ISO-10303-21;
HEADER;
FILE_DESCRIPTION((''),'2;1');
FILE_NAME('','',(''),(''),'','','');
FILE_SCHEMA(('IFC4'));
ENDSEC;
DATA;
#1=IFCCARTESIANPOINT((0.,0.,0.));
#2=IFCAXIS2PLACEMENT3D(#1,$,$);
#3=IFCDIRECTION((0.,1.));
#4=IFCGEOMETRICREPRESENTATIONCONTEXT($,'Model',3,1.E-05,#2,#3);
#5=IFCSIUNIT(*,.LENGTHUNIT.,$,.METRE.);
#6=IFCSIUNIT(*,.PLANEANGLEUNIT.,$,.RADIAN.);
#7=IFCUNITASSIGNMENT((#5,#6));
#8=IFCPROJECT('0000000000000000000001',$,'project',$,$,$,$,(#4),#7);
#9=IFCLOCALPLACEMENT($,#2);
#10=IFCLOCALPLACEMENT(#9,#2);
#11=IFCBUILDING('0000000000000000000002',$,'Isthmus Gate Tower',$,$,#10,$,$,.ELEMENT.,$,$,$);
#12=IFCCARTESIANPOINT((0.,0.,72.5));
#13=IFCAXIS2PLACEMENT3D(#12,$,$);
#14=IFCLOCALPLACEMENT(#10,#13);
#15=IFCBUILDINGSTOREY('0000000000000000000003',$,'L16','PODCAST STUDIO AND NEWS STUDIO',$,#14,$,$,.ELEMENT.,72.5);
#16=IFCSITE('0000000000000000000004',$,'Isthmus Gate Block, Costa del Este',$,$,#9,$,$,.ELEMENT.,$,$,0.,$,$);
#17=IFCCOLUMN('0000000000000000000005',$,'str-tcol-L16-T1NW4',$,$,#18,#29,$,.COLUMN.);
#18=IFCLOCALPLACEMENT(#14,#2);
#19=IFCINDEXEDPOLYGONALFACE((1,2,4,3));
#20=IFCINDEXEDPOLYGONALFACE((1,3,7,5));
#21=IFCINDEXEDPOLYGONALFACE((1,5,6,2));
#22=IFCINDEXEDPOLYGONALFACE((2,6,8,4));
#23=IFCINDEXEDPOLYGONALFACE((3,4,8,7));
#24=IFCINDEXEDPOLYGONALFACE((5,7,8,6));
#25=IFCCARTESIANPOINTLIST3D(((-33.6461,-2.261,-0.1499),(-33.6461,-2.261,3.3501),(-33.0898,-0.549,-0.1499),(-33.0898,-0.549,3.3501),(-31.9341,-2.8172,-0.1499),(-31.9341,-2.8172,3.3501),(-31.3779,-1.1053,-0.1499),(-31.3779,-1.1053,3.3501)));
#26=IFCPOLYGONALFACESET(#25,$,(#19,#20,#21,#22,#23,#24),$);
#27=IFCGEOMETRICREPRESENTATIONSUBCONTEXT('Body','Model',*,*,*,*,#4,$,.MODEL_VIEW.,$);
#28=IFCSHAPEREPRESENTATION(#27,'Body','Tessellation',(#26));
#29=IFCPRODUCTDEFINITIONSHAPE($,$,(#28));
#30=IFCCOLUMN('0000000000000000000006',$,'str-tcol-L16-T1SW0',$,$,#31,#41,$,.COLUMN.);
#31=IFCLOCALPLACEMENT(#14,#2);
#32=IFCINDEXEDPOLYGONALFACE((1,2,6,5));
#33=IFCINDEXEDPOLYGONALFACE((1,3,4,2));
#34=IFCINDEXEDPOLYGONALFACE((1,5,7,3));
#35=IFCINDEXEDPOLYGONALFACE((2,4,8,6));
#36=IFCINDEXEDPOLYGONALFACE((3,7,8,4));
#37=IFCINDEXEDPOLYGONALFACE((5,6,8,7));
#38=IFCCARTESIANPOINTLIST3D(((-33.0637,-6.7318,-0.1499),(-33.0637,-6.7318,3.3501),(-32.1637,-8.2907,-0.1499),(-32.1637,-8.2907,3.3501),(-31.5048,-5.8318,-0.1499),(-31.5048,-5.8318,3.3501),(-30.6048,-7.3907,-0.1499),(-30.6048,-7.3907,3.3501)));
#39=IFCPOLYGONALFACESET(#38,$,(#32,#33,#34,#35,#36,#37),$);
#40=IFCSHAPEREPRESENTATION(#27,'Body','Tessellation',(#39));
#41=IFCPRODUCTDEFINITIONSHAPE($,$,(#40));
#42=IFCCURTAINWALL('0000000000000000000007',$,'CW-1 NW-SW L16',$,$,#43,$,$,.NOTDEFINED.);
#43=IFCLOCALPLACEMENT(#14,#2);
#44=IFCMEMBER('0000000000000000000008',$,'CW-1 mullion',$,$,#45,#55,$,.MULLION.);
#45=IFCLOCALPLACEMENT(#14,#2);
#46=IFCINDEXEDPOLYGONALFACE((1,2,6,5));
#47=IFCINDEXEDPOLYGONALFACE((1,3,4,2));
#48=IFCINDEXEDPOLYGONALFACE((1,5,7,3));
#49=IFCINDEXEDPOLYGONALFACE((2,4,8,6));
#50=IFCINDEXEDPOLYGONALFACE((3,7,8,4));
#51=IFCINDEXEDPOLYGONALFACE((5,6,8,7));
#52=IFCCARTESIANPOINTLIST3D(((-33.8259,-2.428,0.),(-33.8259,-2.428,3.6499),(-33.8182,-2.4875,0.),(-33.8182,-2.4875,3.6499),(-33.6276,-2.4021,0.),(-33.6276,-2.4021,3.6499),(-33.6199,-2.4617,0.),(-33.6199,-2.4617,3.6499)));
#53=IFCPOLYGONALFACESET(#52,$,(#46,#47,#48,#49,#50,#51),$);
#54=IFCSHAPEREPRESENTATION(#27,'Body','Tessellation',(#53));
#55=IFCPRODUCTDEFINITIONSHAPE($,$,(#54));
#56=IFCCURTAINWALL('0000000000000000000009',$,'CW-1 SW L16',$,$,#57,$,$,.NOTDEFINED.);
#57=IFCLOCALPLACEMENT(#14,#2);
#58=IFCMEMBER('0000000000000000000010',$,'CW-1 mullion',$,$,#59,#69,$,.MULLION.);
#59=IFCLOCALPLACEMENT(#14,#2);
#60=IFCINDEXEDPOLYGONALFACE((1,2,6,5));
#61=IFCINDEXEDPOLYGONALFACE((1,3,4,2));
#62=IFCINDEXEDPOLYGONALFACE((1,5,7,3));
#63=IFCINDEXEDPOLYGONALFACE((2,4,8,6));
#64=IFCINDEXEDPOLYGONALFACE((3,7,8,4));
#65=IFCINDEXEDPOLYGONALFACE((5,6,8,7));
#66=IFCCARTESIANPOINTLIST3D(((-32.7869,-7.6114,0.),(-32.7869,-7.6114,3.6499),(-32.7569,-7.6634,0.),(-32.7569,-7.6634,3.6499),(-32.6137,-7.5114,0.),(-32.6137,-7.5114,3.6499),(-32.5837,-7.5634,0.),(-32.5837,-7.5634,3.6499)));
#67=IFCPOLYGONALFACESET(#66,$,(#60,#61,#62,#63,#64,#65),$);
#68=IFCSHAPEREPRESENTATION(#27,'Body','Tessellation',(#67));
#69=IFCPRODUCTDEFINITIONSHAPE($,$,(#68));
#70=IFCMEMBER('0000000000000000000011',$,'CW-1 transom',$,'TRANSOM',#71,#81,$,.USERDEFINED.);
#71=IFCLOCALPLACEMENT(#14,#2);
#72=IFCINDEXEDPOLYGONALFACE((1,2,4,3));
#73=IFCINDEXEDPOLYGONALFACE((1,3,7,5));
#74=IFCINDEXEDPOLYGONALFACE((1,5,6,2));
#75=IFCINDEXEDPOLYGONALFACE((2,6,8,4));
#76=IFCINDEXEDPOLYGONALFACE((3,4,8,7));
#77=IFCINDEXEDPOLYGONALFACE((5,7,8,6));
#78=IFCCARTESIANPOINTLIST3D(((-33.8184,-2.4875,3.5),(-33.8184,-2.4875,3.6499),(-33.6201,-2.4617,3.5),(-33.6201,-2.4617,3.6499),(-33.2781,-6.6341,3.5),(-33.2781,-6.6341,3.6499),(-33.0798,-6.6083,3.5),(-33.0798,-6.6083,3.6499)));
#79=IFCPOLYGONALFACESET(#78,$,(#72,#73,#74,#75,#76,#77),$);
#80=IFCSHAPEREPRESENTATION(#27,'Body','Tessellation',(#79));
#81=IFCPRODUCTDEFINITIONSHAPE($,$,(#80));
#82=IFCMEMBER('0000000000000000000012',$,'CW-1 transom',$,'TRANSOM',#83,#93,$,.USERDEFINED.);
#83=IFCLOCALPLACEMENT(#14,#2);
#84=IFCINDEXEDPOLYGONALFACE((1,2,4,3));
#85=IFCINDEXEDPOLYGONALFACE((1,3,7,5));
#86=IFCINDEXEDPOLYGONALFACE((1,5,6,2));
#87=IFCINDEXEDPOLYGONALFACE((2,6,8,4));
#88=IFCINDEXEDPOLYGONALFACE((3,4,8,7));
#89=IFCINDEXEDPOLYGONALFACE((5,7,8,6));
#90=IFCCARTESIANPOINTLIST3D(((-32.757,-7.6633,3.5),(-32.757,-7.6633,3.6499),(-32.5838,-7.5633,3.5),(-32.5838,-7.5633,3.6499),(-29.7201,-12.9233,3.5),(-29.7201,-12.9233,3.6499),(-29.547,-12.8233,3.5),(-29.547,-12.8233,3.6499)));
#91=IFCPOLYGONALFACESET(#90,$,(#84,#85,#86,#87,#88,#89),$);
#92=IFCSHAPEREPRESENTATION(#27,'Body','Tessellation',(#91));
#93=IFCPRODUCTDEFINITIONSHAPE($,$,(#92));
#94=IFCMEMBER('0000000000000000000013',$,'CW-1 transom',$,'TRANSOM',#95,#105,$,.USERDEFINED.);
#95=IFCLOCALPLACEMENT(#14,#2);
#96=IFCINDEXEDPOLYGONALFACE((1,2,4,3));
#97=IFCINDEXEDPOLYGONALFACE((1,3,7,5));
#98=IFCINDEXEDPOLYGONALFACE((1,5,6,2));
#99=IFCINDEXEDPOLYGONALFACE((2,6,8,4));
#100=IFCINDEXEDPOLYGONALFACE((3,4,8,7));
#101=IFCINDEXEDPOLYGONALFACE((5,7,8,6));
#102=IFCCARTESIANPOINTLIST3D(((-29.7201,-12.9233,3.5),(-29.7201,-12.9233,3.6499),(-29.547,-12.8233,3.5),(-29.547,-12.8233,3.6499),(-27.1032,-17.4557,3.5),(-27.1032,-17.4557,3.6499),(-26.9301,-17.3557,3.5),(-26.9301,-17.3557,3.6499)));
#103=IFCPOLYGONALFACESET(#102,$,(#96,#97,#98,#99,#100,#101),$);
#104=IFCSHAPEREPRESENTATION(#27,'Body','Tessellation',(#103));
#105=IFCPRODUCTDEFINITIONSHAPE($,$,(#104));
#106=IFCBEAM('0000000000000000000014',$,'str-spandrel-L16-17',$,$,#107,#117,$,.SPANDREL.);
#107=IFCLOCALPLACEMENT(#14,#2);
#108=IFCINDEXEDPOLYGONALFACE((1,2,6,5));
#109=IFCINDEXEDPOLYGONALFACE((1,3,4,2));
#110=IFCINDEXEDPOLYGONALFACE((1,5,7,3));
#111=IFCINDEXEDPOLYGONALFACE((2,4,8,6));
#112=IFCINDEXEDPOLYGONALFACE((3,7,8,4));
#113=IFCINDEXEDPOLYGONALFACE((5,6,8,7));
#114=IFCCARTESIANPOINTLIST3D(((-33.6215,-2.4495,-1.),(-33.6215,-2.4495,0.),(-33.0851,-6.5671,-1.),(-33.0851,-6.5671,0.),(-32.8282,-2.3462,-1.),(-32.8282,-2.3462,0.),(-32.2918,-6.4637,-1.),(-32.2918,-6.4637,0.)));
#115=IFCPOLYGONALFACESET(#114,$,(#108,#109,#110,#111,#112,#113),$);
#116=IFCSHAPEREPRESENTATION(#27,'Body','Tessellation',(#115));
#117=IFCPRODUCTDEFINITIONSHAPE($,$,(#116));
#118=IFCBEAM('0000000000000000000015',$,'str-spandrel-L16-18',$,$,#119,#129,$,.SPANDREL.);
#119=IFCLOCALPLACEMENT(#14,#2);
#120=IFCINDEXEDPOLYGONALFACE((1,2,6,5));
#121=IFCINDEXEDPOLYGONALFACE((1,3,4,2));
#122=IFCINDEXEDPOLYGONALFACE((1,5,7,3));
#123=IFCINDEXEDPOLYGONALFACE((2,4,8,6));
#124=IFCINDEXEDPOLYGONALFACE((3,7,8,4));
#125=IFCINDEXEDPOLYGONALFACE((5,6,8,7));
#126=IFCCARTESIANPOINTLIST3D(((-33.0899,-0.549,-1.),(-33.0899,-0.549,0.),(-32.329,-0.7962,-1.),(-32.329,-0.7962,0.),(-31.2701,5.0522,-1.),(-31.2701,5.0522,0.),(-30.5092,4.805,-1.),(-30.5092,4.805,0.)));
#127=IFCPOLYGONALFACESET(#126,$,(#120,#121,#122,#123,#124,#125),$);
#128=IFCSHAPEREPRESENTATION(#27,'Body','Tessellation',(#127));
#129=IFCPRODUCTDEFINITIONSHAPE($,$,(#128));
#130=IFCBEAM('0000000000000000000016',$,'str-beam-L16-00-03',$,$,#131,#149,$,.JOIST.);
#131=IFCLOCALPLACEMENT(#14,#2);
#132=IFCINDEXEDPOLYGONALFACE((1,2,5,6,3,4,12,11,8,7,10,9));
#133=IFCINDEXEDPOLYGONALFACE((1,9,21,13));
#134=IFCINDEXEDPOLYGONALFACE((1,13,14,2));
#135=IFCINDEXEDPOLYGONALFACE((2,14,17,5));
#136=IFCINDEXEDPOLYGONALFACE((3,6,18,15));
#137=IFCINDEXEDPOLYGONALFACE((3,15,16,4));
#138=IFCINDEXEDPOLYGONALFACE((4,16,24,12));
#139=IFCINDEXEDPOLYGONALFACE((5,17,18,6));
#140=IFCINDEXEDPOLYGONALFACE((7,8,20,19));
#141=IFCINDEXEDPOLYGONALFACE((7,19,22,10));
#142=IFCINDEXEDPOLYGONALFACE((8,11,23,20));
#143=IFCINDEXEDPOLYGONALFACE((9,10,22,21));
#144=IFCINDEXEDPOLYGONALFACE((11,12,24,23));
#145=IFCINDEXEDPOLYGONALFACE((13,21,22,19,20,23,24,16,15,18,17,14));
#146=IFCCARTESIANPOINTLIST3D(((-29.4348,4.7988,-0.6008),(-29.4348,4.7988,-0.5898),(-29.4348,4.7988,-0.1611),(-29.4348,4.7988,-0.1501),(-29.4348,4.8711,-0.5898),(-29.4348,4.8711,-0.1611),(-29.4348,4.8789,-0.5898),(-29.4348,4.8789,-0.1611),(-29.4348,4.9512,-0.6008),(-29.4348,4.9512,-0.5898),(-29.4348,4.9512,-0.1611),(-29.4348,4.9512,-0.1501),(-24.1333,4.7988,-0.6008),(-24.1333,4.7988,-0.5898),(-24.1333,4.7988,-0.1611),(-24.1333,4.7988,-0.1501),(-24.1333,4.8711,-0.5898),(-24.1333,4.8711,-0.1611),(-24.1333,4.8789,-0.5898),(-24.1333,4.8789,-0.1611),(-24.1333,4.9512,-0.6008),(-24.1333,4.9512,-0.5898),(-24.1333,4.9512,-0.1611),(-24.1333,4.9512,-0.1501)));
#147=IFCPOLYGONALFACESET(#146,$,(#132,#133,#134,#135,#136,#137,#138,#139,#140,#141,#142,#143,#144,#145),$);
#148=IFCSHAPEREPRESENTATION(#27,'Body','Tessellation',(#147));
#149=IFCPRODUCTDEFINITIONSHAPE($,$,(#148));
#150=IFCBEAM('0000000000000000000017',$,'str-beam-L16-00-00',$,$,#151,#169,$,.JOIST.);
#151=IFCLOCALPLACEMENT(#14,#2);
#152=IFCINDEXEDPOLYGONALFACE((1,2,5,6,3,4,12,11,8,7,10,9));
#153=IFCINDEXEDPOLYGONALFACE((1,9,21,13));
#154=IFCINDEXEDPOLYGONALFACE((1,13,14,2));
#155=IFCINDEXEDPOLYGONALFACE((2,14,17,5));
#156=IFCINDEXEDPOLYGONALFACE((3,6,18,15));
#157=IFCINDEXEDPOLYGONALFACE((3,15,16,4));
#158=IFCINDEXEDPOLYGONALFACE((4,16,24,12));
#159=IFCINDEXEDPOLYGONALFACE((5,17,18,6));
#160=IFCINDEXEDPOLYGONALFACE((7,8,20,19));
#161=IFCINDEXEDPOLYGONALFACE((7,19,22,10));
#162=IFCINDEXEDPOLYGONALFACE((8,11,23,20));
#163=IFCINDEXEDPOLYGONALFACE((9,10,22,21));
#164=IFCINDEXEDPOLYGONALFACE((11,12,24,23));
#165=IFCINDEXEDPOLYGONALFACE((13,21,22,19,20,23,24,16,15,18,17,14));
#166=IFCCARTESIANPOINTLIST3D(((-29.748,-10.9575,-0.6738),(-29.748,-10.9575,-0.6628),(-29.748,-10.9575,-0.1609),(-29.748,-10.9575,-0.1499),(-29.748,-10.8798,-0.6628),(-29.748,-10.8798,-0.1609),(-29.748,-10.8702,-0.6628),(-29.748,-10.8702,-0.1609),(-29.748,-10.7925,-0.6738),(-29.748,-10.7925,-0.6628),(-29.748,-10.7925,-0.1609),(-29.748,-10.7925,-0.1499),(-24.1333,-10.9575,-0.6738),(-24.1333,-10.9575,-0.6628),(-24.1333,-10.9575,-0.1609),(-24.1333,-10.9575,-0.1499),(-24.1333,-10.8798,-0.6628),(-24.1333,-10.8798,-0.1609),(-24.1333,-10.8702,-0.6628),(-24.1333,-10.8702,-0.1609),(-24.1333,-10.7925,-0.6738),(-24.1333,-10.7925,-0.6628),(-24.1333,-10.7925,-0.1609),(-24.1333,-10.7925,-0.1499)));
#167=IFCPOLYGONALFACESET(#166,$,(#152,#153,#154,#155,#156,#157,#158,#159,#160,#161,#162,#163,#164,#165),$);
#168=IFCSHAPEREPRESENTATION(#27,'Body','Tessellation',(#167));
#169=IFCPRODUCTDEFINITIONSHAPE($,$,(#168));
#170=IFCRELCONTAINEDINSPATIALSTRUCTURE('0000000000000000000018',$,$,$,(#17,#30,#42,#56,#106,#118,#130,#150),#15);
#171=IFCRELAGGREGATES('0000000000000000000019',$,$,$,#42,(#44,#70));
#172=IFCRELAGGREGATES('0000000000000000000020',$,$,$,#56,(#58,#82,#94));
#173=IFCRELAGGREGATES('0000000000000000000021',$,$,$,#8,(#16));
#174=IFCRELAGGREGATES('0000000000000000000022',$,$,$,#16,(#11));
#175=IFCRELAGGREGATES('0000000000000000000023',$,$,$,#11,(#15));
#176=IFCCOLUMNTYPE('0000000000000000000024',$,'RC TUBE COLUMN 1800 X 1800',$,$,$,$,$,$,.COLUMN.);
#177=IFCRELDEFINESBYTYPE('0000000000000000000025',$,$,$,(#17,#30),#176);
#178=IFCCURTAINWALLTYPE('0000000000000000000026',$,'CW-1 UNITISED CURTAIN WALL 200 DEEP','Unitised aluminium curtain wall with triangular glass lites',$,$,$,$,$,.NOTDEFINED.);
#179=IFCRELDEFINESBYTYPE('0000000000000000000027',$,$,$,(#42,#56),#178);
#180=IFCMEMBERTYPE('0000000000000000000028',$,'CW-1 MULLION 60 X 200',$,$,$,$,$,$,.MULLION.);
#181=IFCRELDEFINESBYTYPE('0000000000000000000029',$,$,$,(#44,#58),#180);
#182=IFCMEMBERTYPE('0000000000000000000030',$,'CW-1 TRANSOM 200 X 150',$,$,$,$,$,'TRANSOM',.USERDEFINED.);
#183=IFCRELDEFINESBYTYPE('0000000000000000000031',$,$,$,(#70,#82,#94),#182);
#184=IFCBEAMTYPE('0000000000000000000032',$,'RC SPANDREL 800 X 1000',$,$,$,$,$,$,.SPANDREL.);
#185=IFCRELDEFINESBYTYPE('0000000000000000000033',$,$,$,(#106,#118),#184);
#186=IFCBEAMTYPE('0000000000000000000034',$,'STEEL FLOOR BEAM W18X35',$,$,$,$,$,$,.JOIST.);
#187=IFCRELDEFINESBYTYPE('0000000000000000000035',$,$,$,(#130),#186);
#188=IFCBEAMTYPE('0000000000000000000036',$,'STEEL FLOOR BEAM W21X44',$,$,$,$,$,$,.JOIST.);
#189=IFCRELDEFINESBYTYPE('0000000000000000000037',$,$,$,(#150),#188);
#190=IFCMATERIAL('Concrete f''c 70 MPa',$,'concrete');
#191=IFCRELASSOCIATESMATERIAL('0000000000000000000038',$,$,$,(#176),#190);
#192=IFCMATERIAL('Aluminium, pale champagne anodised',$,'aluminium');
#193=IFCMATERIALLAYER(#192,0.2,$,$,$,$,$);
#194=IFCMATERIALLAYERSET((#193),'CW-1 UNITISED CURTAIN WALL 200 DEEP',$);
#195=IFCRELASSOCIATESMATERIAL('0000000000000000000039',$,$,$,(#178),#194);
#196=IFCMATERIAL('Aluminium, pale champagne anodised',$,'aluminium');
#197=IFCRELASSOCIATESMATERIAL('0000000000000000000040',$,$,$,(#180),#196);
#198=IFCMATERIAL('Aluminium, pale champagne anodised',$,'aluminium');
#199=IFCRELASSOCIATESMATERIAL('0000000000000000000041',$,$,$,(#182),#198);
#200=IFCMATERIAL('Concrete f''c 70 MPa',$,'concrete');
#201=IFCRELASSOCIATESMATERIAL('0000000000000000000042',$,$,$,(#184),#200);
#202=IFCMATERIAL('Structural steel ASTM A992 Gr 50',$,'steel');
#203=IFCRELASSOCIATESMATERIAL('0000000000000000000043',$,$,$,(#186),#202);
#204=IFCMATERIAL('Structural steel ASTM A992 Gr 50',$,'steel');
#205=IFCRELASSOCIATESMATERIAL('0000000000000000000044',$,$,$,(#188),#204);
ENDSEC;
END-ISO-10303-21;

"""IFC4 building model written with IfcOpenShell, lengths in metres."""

from ifc_helpers import new_model, si_unit, direction, frame, origin, origin_2d, place, context, subcontext, project, spatial, rectangle, i_section, extrude, material, layer, layer_set, material_profile, profile_set, type_object, element, aggregate, save


model = new_model("IFC4")

# Units and contexts
model_context = context("Model", 3, precision=1e-05, world=origin(), true_north=direction((0.0, 1.0)))
body_context = subcontext(model_context, "Body", "Model", "MODEL_VIEW")
ifc_project = project(units=[si_unit("LENGTHUNIT", "METRE"), si_unit("PLANEANGLEUNIT", "RADIAN")], contexts=[model_context])

# Site, building, storey
site_placement = place(None, origin())
site = spatial("IfcSite", under=ifc_project, at=site_placement, Name="Isthmus Gate Block, Costa del Este", CompositionType="ELEMENT", RefElevation=0.0)
building_placement = place(site_placement, origin())
building = spatial("IfcBuilding", under=site, at=building_placement, Name="Isthmus Gate Tower", CompositionType="ELEMENT")
storey_placement = place(building_placement, frame((0.0, 0.0, 72.5)))
storey = spatial("IfcBuildingStorey", under=building, at=storey_placement, Name="L16", Description="PODCAST STUDIO AND NEWS STUDIO", CompositionType="ELEMENT", Elevation=72.5)

# Columns
ifc_material_1 = material(Name="Concrete f'c 70 MPa", Category="concrete")
ifc_material_profile_1 = material_profile(ifc_material_1, rectangle(XDim=1.8, YDim=1.8, at=origin_2d()), Name="RC 1800X1800")
ifc_profile_set_1 = profile_set([ifc_material_profile_1], Name="Concrete f'c 70 MPa")
column_type = type_object("IfcColumnType", Name="RC TUBE COLUMN 1800 X 1800", PredefinedType="COLUMN", material=ifc_profile_set_1)
for number, where, z_axis, x_axis, name in (
    (1, (-32.512, -1.6831, -0.1499), (0.0, 0.0, 1.0), (-0.309017, -0.951057, 0.0), "str-tcol-L16-T1NW4"),
    (2, (-31.8342, -7.0613, -0.1499), (0.0, 0.0, 1.0), (0.5, -0.866025, 0.0), "str-tcol-L16-T1SW0"),
):
    element("IfcColumn", number, at=place(storey_placement, frame(where, z_axis=z_axis, x_axis=x_axis)), inside=storey, type_object=column_type, Name=name, PredefinedType="COLUMN", context=body_context, shape_type="SweptSolid", body=[
        extrude(rectangle(XDim=1.8, YDim=1.8, at=origin_2d()), origin(), (0.0, 0.0, 1.0), 3.5),
    ])

# Curtain walls, members
ifc_material_2 = material(Name="Aluminium, pale champagne anodised", Category="aluminium")
ifc_layer_1 = layer(ifc_material_2, 0.2)
ifc_layer_set_1 = layer_set([ifc_layer_1], Name="CW-1 UNITISED CURTAIN WALL 200 DEEP")
curtain_wall_type = type_object("IfcCurtainWallType", Name="CW-1 UNITISED CURTAIN WALL 200 DEEP", Description="Unitised aluminium curtain wall with triangular glass lites", PredefinedType="NOTDEFINED", material=ifc_layer_set_1)
curtain_wall_1_placement = place(storey_placement, origin())
curtain_wall_1 = element("IfcCurtainWall", 3, at=curtain_wall_1_placement, inside=storey, type_object=curtain_wall_type, Name="CW-1 NW-SW L16", PredefinedType="NOTDEFINED")
ifc_material_3 = material(Name="Aluminium, pale champagne anodised", Category="aluminium")
ifc_material_profile_2 = material_profile(ifc_material_3, rectangle(XDim=0.0601, YDim=0.2, at=origin_2d()), Name="60x200")
ifc_profile_set_2 = profile_set([ifc_material_profile_2], Name="Aluminium, pale champagne anodised")
member_type_1 = type_object("IfcMemberType", Name="CW-1 MULLION 60 X 200", PredefinedType="MULLION", material=ifc_profile_set_2)
member_1_placement = place(storey_placement, frame((-33.7229, -2.4448, 0.0), z_axis=(0.0, 0.0, 1.0), x_axis=(0.129165, -0.991623, 0.0)))
member_1 = element("IfcMember", 4, at=member_1_placement, type_object=member_type_1, Name="CW-1 mullion", PredefinedType="MULLION", context=body_context, shape_type="SweptSolid", body=[
    extrude(rectangle(XDim=0.0601, YDim=0.2, at=origin_2d()), origin(), (0.0, 0.0, 1.0), 3.6499),
])
curtain_wall_2_placement = place(storey_placement, origin())
curtain_wall_2 = element("IfcCurtainWall", 5, at=curtain_wall_2_placement, inside=storey, type_object=curtain_wall_type, Name="CW-1 SW L16", PredefinedType="NOTDEFINED")
member_2_placement = place(storey_placement, frame((-32.6853, -7.5874, 0.0), z_axis=(0.0, 0.0, 1.0), x_axis=(0.5, -0.866025, 0.0)))
member_2 = element("IfcMember", 6, at=member_2_placement, type_object=member_type_1, Name="CW-1 mullion", PredefinedType="MULLION", context=body_context, shape_type="SweptSolid", body=[
    extrude(rectangle(XDim=0.0601, YDim=0.2, at=origin_2d()), origin(), (0.0, 0.0, 1.0), 3.6499),
])

# Members
ifc_material_4 = material(Name="Aluminium, pale champagne anodised", Category="aluminium")
ifc_material_profile_3 = material_profile(ifc_material_4, rectangle(XDim=0.2, YDim=0.1499, at=origin_2d()), Name="200x150")
ifc_profile_set_3 = profile_set([ifc_material_profile_3], Name="Aluminium, pale champagne anodised")
member_type_2 = type_object("IfcMemberType", Name="CW-1 TRANSOM 200 X 150", ElementType="TRANSOM", PredefinedType="USERDEFINED", material=ifc_profile_set_3)
member_3_placement = place(storey_placement, frame((-33.7192, -2.4746, 3.575), z_axis=(0.129207, -0.991618, 0.0), x_axis=(0.991618, 0.129207, 0.0)))
member_3 = element("IfcMember", 7, at=member_3_placement, type_object=member_type_2, Name="CW-1 transom", ObjectType="TRANSOM", PredefinedType="USERDEFINED", context=body_context, shape_type="SweptSolid", body=[
    extrude(rectangle(XDim=0.2, YDim=0.1499, at=origin_2d()), origin(), (0.0, 0.0, 1.0), 4.1816),
])
member_4_placement = place(storey_placement, frame((-32.6704, -7.6133, 3.575), z_axis=(0.5, -0.866026, 0.0), x_axis=(0.866026, 0.5, 0.0)))
member_4 = element("IfcMember", 8, at=member_4_placement, type_object=member_type_2, Name="CW-1 transom", ObjectType="TRANSOM", PredefinedType="USERDEFINED", context=body_context, shape_type="SweptSolid", body=[
    extrude(rectangle(XDim=0.2, YDim=0.1499, at=origin_2d()), origin(), (0.0, 0.0, 1.0), 6.0737),
])
member_5_placement = place(storey_placement, frame((-29.6335, -12.8733, 3.575), z_axis=(0.500017, -0.866015, 0.0), x_axis=(0.866015, 0.500017, 0.0)))
member_5 = element("IfcMember", 9, at=member_5_placement, type_object=member_type_2, Name="CW-1 transom", ObjectType="TRANSOM", PredefinedType="USERDEFINED", context=body_context, shape_type="SweptSolid", body=[
    extrude(rectangle(XDim=0.2, YDim=0.1499, at=origin_2d()), origin(), (0.0, 0.0, 1.0), 5.2336),
])

# Beams
ifc_material_5 = material(Name="Concrete f'c 70 MPa", Category="concrete")
ifc_material_profile_4 = material_profile(ifc_material_5, rectangle(XDim=0.8, YDim=1.0, at=origin_2d()), Name="RC 800X1000")
ifc_profile_set_4 = profile_set([ifc_material_profile_4], Name="Concrete f'c 70 MPa")
beam_type_1 = type_object("IfcBeamType", Name="RC SPANDREL 800 X 1000", PredefinedType="SPANDREL", material=ifc_profile_set_4)
beam_1_placement = place(storey_placement, frame((-32.6885, -6.5154, -0.5), z_axis=(-0.129171, 0.991622, 0.0), x_axis=(-0.991622, -0.129171, 0.0)))
element("IfcBeam", 10, at=beam_1_placement, inside=storey, type_object=beam_type_1, Name="str-spandrel-L16-17", PredefinedType="SPANDREL", context=body_context, shape_type="SweptSolid", body=[
    extrude(rectangle(XDim=0.8, YDim=1.0, at=origin_2d()), origin(), (0.0, 0.0, 1.0), 4.1523),
])
beam_2_placement = place(storey_placement, frame((-32.7095, -0.6726, -0.5), z_axis=(0.309005, 0.95106, 0.0), x_axis=(-0.95106, 0.309005, 0.0)))
element("IfcBeam", 11, at=beam_2_placement, inside=storey, type_object=beam_type_1, Name="str-spandrel-L16-18", PredefinedType="SPANDREL", context=body_context, shape_type="SweptSolid", body=[
    extrude(rectangle(XDim=0.8, YDim=1.0, at=origin_2d()), origin(), (0.0, 0.0, 1.0), 5.8894),
])
ifc_material_6 = material(Name="Structural steel ASTM A992 Gr 50", Category="steel")
ifc_material_profile_5 = material_profile(ifc_material_6, i_section(OverallWidth=0.1523, OverallDepth=0.4507, WebThickness=0.0078, FlangeThickness=0.011, at=origin_2d()), Name="W18X35")
ifc_profile_set_5 = profile_set([ifc_material_profile_5], Name="Structural steel ASTM A992 Gr 50")
beam_type_2 = type_object("IfcBeamType", Name="STEEL FLOOR BEAM W18X35", PredefinedType="JOIST", material=ifc_profile_set_5)
beam_3_placement = place(storey_placement, frame((-29.4348, 4.875, -0.3755), z_axis=(1.0, 0.0, 0.0), x_axis=(0.0, 1.0, 0.0)))
element("IfcBeam", 12, at=beam_3_placement, inside=storey, type_object=beam_type_2, Name="str-beam-L16-00-03", PredefinedType="JOIST", context=body_context, shape_type="SweptSolid", body=[
    extrude(i_section(OverallWidth=0.1523, OverallDepth=0.4507, WebThickness=0.0078, FlangeThickness=0.011, at=origin_2d()), origin(), (0.0, 0.0, 1.0), 5.3015),
])
ifc_material_7 = material(Name="Structural steel ASTM A992 Gr 50", Category="steel")
ifc_material_profile_6 = material_profile(ifc_material_7, i_section(OverallWidth=0.165, OverallDepth=0.5239, WebThickness=0.0095, FlangeThickness=0.011, at=origin_2d()), Name="W21X44")
ifc_profile_set_6 = profile_set([ifc_material_profile_6], Name="Structural steel ASTM A992 Gr 50")
beam_type_3 = type_object("IfcBeamType", Name="STEEL FLOOR BEAM W21X44", PredefinedType="JOIST", material=ifc_profile_set_6)
beam_4_placement = place(storey_placement, frame((-29.748, -10.875, -0.4119), z_axis=(1.0, 0.0, 0.0), x_axis=(0.0, 1.0, 0.0)))
element("IfcBeam", 13, at=beam_4_placement, inside=storey, type_object=beam_type_3, Name="str-beam-L16-00-00", PredefinedType="JOIST", context=body_context, shape_type="SweptSolid", body=[
    extrude(i_section(OverallWidth=0.165, OverallDepth=0.5239, WebThickness=0.0095, FlangeThickness=0.011, at=origin_2d()), origin(), (0.0, 0.0, 1.0), 5.6147),
])

aggregate(curtain_wall_1, [member_1, member_3])
aggregate(curtain_wall_2, [member_2, member_4, member_5])

save(model, "model.ifc")
